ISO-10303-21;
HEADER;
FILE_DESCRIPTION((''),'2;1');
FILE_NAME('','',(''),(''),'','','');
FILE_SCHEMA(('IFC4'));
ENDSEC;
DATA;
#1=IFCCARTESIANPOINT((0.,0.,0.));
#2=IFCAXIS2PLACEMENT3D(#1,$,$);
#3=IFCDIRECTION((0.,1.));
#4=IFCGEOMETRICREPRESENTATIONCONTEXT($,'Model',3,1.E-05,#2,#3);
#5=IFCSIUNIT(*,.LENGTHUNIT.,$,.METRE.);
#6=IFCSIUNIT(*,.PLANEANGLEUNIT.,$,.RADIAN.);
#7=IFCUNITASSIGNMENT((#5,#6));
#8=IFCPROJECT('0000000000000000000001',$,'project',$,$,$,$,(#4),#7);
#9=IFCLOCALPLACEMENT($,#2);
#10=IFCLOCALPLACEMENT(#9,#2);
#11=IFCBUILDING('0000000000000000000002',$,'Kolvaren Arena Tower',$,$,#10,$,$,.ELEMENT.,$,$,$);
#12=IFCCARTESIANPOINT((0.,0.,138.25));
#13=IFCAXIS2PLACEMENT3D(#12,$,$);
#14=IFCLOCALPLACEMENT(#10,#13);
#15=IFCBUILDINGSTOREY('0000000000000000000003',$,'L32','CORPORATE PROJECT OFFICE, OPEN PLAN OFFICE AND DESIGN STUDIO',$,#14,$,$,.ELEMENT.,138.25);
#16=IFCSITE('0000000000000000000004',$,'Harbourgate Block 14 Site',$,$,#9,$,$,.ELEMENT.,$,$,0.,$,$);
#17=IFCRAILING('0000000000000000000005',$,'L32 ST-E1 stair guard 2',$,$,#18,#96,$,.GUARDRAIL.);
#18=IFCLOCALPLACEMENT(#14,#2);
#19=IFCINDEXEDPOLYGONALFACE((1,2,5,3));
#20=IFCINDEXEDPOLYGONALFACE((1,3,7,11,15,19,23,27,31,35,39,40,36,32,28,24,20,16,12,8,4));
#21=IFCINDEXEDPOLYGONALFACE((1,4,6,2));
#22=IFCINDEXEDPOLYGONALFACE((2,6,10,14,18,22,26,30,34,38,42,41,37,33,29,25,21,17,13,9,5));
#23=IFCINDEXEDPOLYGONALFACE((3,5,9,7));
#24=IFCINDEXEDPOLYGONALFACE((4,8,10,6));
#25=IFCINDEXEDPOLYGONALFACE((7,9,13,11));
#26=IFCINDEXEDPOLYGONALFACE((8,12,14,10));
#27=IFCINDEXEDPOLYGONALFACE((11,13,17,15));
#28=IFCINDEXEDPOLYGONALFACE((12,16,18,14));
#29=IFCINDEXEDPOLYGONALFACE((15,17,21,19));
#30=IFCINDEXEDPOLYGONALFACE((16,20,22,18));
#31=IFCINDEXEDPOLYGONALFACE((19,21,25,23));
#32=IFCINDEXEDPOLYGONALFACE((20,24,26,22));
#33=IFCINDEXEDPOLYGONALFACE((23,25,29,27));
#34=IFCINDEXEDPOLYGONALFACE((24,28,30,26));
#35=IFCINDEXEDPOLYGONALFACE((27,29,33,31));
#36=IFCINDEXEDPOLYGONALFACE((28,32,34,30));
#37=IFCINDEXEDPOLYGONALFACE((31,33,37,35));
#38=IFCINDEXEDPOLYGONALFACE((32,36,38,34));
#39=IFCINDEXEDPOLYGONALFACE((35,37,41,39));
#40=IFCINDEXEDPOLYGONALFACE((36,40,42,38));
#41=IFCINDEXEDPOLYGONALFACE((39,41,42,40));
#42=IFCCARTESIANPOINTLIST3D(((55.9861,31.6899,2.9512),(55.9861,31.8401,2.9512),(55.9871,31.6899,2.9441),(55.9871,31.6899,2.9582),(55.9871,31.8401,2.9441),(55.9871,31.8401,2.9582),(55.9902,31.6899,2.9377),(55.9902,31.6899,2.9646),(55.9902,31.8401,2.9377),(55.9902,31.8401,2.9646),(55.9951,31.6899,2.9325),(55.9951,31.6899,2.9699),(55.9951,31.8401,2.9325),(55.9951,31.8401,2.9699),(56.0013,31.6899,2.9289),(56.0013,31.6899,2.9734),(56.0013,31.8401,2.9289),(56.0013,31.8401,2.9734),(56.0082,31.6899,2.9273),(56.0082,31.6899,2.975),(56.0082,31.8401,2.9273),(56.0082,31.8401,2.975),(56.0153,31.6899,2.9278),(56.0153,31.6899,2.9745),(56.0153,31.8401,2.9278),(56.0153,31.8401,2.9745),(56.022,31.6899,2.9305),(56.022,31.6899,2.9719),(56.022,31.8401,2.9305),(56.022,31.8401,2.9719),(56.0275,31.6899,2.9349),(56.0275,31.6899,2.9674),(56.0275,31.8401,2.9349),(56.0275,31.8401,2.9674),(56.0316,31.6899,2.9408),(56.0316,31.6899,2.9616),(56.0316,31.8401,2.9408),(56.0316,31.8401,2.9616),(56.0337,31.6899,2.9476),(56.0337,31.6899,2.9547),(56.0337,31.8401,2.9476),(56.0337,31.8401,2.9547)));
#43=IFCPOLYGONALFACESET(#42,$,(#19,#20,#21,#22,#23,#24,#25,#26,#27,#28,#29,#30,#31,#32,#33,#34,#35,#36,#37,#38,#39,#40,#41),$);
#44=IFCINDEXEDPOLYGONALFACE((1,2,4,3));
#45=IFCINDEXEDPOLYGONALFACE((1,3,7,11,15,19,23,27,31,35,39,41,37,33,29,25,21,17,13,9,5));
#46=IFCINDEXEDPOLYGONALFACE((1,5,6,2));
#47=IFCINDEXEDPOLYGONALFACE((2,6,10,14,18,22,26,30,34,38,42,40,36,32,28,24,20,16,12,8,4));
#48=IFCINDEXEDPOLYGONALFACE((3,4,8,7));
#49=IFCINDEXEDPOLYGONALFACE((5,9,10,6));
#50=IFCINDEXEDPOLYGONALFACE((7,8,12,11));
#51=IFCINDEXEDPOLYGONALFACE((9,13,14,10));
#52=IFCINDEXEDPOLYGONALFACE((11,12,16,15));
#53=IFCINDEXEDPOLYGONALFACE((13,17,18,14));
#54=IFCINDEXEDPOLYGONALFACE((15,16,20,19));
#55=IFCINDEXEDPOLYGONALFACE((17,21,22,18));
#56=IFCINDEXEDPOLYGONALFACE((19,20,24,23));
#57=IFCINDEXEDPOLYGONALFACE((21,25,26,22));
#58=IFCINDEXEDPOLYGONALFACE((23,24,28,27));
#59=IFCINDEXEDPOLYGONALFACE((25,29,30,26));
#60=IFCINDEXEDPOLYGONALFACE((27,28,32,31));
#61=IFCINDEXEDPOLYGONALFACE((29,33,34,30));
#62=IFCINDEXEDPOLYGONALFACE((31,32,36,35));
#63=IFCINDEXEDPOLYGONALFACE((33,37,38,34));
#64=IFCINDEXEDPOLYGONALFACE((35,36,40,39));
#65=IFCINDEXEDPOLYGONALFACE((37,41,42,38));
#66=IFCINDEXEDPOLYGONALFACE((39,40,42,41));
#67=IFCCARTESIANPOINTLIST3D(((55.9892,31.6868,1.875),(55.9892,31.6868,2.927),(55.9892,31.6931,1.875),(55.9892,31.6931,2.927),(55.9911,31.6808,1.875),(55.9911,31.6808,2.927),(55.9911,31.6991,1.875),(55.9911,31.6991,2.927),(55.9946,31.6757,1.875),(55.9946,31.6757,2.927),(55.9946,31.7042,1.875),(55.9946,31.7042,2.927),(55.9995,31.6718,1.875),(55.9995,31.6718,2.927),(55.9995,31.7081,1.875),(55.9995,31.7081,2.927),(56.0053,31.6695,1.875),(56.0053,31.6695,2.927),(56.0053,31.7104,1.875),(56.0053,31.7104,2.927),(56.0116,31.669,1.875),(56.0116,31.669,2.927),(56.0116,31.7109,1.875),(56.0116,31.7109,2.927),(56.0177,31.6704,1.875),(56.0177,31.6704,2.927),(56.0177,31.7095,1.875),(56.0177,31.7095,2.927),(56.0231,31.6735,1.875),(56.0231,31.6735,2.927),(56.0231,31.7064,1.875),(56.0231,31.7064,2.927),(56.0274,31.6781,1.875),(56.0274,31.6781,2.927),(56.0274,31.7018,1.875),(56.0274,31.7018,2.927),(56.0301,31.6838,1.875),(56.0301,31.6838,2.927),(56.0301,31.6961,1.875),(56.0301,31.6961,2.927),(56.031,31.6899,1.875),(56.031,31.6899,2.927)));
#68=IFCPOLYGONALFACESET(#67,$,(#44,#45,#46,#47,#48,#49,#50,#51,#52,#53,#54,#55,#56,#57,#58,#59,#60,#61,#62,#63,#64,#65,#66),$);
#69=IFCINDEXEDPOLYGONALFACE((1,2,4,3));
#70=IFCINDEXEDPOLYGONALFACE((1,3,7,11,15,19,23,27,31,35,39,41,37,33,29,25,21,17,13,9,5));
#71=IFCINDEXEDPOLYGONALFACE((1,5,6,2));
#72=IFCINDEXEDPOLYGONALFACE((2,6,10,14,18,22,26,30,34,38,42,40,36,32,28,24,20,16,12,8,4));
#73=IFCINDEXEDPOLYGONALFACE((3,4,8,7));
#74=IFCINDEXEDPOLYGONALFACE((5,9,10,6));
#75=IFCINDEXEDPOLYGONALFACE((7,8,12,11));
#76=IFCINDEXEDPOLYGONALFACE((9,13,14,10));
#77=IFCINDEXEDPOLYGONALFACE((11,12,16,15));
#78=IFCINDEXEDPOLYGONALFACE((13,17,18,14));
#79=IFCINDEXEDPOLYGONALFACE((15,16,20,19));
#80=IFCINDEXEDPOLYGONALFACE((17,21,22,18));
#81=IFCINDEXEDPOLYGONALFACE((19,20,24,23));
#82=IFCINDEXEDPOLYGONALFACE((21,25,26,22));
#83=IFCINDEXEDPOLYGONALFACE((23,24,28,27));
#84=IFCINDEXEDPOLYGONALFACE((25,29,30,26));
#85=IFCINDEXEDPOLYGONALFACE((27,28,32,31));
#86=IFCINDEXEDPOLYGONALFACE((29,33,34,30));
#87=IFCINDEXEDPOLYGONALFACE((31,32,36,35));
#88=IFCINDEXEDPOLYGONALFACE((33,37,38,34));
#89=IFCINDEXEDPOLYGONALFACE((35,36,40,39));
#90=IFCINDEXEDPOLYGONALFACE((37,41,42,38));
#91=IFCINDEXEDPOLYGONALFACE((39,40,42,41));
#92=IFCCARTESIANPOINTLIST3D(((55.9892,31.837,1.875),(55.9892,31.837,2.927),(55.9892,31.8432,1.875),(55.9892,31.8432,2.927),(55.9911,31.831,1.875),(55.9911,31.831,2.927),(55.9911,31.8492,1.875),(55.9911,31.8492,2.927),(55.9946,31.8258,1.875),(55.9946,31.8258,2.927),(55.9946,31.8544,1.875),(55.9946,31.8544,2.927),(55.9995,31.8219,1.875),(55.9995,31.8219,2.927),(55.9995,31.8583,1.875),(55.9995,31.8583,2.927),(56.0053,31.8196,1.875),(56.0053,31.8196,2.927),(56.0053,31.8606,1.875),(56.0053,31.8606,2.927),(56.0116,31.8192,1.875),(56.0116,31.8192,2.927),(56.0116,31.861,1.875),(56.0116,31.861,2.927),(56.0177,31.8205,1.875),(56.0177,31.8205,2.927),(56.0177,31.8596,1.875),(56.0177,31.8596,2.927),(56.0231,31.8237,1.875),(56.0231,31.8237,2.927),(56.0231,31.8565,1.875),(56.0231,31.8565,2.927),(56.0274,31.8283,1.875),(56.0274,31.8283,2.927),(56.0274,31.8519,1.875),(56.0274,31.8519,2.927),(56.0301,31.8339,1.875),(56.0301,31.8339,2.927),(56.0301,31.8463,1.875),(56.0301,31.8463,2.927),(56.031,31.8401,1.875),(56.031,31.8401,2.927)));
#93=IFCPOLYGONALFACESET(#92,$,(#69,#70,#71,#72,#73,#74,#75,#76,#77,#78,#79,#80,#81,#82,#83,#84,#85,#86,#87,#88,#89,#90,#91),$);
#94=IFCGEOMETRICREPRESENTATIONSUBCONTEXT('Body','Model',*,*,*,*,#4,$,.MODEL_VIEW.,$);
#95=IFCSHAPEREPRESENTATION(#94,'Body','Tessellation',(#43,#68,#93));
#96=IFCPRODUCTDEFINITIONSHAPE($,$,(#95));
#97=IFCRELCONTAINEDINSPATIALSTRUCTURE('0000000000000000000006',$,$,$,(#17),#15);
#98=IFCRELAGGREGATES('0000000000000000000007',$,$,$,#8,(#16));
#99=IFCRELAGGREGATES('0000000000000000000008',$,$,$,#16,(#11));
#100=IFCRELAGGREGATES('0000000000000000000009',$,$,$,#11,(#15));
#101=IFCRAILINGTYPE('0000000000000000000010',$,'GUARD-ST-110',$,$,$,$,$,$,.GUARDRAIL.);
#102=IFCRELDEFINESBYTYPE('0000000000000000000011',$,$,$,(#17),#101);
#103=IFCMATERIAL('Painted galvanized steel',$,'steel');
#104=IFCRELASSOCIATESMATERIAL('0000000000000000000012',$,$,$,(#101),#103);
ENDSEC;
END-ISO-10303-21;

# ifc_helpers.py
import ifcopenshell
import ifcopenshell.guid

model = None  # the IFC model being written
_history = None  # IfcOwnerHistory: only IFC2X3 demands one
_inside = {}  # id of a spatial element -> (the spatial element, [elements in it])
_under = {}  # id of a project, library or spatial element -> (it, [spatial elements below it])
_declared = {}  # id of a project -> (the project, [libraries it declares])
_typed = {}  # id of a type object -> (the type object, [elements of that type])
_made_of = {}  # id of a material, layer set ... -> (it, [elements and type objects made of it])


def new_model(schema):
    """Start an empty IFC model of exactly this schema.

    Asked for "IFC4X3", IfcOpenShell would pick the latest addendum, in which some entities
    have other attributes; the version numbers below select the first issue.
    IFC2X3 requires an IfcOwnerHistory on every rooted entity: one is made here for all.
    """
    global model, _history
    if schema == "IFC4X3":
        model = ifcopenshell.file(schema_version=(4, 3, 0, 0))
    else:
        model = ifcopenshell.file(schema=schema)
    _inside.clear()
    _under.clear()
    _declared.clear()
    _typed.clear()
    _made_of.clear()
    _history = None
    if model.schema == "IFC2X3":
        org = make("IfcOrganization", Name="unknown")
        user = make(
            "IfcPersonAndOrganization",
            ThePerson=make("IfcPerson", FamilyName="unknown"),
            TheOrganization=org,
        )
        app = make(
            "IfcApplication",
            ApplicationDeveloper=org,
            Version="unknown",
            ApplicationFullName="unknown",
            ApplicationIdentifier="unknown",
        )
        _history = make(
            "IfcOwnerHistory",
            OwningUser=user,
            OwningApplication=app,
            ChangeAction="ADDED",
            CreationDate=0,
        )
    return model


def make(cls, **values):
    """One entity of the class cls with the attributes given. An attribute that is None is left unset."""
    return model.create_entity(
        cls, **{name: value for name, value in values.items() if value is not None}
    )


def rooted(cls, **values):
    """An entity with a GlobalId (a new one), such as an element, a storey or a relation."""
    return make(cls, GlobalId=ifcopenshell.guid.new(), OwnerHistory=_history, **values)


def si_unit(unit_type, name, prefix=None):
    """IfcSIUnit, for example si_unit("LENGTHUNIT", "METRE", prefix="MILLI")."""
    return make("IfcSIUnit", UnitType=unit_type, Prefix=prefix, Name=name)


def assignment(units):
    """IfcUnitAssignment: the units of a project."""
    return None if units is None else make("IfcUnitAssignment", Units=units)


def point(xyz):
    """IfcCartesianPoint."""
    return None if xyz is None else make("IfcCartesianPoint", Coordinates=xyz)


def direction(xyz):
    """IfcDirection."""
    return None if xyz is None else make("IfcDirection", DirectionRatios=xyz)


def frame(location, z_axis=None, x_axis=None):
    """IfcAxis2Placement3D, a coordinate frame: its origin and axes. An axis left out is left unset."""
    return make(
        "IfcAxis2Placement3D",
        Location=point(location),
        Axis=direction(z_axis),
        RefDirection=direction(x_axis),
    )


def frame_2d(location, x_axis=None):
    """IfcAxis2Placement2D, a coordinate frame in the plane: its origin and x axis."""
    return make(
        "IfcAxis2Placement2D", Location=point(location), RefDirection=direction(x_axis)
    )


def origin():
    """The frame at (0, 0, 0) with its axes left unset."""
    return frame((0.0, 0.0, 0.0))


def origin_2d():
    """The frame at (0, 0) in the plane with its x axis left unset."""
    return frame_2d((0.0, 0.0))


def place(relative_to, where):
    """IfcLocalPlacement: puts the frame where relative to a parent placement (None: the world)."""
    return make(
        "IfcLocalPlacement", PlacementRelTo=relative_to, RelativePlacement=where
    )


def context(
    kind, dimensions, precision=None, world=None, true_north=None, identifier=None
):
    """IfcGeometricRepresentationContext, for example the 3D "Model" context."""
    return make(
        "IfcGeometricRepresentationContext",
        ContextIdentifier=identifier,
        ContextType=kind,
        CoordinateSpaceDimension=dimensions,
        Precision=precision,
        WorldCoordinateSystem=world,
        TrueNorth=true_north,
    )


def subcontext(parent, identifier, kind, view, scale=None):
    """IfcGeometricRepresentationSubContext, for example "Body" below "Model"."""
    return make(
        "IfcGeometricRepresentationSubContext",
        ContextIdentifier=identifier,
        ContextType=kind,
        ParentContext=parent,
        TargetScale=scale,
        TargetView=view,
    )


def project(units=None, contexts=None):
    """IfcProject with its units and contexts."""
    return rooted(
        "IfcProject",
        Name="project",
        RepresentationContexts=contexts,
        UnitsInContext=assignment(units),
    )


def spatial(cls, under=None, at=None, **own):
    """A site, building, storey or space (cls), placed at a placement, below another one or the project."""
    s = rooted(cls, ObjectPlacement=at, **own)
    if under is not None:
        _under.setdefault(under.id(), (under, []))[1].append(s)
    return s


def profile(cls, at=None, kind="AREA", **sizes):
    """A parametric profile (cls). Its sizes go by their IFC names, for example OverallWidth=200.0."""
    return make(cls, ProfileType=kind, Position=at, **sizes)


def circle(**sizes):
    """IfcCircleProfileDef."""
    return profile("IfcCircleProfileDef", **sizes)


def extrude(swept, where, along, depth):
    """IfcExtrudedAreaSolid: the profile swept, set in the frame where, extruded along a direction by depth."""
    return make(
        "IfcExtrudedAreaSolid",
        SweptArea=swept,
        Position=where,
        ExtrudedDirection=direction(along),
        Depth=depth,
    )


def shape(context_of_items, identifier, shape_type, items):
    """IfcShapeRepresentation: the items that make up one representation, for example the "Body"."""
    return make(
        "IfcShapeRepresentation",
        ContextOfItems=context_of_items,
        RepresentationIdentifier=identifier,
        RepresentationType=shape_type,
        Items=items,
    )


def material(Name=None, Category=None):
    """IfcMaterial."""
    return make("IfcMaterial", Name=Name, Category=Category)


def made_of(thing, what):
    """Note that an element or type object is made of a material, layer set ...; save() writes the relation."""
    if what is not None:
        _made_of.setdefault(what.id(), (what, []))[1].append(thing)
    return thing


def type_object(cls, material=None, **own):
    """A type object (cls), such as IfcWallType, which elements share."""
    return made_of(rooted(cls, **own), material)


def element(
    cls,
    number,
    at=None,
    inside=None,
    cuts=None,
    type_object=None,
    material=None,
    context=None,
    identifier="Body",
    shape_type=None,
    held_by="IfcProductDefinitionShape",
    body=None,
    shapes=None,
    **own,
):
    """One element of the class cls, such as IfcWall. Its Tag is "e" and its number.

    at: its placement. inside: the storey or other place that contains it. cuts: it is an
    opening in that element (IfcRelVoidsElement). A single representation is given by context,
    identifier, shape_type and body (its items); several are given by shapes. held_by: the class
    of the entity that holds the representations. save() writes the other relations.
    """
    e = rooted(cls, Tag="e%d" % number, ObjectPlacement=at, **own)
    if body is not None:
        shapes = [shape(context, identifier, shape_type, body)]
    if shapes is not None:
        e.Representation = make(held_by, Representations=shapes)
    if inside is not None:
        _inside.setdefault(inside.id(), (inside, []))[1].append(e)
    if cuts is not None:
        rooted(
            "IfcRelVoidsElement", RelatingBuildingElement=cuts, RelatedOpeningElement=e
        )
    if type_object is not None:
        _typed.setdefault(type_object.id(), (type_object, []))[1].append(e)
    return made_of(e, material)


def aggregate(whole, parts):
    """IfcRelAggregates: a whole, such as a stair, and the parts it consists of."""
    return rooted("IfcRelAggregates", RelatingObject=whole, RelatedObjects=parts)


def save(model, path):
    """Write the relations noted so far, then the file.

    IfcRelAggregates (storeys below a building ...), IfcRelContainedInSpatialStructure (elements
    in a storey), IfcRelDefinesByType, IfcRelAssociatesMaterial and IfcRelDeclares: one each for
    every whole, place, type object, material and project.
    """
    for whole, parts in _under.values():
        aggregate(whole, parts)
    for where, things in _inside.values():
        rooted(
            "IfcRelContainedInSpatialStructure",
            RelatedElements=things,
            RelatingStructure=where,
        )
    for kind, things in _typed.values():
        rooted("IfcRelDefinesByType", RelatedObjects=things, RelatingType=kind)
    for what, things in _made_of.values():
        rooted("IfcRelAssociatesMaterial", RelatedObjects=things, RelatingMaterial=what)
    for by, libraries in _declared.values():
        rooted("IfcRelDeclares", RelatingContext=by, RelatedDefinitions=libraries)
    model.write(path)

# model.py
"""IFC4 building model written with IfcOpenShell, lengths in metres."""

from ifc_helpers import new_model, si_unit, direction, frame, origin, origin_2d, place, context, subcontext, project, spatial, circle, extrude, material, type_object, element, save


model = new_model("IFC4")

# Units and contexts
model_context = context("Model", 3, precision=1e-05, world=origin(), true_north=direction((0.0, 1.0)))
body_context = subcontext(model_context, "Body", "Model", "MODEL_VIEW")
ifc_project = project(units=[si_unit("LENGTHUNIT", "METRE"), si_unit("PLANEANGLEUNIT", "RADIAN")], contexts=[model_context])

# Site, building, storey
site_placement = place(None, origin())
site = spatial("IfcSite", under=ifc_project, at=site_placement, Name="Harbourgate Block 14 Site", CompositionType="ELEMENT", RefElevation=0.0)
building_placement = place(site_placement, origin())
building = spatial("IfcBuilding", under=site, at=building_placement, Name="Kolvaren Arena Tower", CompositionType="ELEMENT")
storey_placement = place(building_placement, frame((0.0, 0.0, 138.25)))
storey = spatial("IfcBuildingStorey", under=building, at=storey_placement, Name="L32", Description="CORPORATE PROJECT OFFICE, OPEN PLAN OFFICE AND DESIGN STUDIO", CompositionType="ELEMENT", Elevation=138.25)

# Railing
ifc_material_1 = material(Name="Painted galvanized steel", Category="steel")
railing_type_1 = type_object("IfcRailingType", Name="GUARD-ST-110", PredefinedType="GUARDRAIL", material=ifc_material_1)
railing_1_placement = place(storey_placement, frame((56.01, 31.6899, 1.875)))
element("IfcRailing", 1, at=railing_1_placement, inside=storey, type_object=railing_type_1, Name="L32 ST-E1 stair guard 2", PredefinedType="GUARDRAIL", context=body_context, shape_type="SweptSolid", body=[
    extrude(circle(Radius=0.0239, at=origin_2d()), frame((0.0, 0.0, 1.0762), z_axis=(0.0, 1.0, 0.0), x_axis=(-1.0, 0.0, 0.0)), (0.0, 0.0, 1.0), 0.1501),
    extrude(circle(Radius=0.021, at=origin_2d()), origin(), (0.0, 0.0, 1.0), 1.052),
    extrude(circle(Radius=0.021, at=origin_2d()), frame((0.0, 0.1501, 0.0)), (0.0, 0.0, 1.0), 1.052),
])

save(model, "model.ifc")
